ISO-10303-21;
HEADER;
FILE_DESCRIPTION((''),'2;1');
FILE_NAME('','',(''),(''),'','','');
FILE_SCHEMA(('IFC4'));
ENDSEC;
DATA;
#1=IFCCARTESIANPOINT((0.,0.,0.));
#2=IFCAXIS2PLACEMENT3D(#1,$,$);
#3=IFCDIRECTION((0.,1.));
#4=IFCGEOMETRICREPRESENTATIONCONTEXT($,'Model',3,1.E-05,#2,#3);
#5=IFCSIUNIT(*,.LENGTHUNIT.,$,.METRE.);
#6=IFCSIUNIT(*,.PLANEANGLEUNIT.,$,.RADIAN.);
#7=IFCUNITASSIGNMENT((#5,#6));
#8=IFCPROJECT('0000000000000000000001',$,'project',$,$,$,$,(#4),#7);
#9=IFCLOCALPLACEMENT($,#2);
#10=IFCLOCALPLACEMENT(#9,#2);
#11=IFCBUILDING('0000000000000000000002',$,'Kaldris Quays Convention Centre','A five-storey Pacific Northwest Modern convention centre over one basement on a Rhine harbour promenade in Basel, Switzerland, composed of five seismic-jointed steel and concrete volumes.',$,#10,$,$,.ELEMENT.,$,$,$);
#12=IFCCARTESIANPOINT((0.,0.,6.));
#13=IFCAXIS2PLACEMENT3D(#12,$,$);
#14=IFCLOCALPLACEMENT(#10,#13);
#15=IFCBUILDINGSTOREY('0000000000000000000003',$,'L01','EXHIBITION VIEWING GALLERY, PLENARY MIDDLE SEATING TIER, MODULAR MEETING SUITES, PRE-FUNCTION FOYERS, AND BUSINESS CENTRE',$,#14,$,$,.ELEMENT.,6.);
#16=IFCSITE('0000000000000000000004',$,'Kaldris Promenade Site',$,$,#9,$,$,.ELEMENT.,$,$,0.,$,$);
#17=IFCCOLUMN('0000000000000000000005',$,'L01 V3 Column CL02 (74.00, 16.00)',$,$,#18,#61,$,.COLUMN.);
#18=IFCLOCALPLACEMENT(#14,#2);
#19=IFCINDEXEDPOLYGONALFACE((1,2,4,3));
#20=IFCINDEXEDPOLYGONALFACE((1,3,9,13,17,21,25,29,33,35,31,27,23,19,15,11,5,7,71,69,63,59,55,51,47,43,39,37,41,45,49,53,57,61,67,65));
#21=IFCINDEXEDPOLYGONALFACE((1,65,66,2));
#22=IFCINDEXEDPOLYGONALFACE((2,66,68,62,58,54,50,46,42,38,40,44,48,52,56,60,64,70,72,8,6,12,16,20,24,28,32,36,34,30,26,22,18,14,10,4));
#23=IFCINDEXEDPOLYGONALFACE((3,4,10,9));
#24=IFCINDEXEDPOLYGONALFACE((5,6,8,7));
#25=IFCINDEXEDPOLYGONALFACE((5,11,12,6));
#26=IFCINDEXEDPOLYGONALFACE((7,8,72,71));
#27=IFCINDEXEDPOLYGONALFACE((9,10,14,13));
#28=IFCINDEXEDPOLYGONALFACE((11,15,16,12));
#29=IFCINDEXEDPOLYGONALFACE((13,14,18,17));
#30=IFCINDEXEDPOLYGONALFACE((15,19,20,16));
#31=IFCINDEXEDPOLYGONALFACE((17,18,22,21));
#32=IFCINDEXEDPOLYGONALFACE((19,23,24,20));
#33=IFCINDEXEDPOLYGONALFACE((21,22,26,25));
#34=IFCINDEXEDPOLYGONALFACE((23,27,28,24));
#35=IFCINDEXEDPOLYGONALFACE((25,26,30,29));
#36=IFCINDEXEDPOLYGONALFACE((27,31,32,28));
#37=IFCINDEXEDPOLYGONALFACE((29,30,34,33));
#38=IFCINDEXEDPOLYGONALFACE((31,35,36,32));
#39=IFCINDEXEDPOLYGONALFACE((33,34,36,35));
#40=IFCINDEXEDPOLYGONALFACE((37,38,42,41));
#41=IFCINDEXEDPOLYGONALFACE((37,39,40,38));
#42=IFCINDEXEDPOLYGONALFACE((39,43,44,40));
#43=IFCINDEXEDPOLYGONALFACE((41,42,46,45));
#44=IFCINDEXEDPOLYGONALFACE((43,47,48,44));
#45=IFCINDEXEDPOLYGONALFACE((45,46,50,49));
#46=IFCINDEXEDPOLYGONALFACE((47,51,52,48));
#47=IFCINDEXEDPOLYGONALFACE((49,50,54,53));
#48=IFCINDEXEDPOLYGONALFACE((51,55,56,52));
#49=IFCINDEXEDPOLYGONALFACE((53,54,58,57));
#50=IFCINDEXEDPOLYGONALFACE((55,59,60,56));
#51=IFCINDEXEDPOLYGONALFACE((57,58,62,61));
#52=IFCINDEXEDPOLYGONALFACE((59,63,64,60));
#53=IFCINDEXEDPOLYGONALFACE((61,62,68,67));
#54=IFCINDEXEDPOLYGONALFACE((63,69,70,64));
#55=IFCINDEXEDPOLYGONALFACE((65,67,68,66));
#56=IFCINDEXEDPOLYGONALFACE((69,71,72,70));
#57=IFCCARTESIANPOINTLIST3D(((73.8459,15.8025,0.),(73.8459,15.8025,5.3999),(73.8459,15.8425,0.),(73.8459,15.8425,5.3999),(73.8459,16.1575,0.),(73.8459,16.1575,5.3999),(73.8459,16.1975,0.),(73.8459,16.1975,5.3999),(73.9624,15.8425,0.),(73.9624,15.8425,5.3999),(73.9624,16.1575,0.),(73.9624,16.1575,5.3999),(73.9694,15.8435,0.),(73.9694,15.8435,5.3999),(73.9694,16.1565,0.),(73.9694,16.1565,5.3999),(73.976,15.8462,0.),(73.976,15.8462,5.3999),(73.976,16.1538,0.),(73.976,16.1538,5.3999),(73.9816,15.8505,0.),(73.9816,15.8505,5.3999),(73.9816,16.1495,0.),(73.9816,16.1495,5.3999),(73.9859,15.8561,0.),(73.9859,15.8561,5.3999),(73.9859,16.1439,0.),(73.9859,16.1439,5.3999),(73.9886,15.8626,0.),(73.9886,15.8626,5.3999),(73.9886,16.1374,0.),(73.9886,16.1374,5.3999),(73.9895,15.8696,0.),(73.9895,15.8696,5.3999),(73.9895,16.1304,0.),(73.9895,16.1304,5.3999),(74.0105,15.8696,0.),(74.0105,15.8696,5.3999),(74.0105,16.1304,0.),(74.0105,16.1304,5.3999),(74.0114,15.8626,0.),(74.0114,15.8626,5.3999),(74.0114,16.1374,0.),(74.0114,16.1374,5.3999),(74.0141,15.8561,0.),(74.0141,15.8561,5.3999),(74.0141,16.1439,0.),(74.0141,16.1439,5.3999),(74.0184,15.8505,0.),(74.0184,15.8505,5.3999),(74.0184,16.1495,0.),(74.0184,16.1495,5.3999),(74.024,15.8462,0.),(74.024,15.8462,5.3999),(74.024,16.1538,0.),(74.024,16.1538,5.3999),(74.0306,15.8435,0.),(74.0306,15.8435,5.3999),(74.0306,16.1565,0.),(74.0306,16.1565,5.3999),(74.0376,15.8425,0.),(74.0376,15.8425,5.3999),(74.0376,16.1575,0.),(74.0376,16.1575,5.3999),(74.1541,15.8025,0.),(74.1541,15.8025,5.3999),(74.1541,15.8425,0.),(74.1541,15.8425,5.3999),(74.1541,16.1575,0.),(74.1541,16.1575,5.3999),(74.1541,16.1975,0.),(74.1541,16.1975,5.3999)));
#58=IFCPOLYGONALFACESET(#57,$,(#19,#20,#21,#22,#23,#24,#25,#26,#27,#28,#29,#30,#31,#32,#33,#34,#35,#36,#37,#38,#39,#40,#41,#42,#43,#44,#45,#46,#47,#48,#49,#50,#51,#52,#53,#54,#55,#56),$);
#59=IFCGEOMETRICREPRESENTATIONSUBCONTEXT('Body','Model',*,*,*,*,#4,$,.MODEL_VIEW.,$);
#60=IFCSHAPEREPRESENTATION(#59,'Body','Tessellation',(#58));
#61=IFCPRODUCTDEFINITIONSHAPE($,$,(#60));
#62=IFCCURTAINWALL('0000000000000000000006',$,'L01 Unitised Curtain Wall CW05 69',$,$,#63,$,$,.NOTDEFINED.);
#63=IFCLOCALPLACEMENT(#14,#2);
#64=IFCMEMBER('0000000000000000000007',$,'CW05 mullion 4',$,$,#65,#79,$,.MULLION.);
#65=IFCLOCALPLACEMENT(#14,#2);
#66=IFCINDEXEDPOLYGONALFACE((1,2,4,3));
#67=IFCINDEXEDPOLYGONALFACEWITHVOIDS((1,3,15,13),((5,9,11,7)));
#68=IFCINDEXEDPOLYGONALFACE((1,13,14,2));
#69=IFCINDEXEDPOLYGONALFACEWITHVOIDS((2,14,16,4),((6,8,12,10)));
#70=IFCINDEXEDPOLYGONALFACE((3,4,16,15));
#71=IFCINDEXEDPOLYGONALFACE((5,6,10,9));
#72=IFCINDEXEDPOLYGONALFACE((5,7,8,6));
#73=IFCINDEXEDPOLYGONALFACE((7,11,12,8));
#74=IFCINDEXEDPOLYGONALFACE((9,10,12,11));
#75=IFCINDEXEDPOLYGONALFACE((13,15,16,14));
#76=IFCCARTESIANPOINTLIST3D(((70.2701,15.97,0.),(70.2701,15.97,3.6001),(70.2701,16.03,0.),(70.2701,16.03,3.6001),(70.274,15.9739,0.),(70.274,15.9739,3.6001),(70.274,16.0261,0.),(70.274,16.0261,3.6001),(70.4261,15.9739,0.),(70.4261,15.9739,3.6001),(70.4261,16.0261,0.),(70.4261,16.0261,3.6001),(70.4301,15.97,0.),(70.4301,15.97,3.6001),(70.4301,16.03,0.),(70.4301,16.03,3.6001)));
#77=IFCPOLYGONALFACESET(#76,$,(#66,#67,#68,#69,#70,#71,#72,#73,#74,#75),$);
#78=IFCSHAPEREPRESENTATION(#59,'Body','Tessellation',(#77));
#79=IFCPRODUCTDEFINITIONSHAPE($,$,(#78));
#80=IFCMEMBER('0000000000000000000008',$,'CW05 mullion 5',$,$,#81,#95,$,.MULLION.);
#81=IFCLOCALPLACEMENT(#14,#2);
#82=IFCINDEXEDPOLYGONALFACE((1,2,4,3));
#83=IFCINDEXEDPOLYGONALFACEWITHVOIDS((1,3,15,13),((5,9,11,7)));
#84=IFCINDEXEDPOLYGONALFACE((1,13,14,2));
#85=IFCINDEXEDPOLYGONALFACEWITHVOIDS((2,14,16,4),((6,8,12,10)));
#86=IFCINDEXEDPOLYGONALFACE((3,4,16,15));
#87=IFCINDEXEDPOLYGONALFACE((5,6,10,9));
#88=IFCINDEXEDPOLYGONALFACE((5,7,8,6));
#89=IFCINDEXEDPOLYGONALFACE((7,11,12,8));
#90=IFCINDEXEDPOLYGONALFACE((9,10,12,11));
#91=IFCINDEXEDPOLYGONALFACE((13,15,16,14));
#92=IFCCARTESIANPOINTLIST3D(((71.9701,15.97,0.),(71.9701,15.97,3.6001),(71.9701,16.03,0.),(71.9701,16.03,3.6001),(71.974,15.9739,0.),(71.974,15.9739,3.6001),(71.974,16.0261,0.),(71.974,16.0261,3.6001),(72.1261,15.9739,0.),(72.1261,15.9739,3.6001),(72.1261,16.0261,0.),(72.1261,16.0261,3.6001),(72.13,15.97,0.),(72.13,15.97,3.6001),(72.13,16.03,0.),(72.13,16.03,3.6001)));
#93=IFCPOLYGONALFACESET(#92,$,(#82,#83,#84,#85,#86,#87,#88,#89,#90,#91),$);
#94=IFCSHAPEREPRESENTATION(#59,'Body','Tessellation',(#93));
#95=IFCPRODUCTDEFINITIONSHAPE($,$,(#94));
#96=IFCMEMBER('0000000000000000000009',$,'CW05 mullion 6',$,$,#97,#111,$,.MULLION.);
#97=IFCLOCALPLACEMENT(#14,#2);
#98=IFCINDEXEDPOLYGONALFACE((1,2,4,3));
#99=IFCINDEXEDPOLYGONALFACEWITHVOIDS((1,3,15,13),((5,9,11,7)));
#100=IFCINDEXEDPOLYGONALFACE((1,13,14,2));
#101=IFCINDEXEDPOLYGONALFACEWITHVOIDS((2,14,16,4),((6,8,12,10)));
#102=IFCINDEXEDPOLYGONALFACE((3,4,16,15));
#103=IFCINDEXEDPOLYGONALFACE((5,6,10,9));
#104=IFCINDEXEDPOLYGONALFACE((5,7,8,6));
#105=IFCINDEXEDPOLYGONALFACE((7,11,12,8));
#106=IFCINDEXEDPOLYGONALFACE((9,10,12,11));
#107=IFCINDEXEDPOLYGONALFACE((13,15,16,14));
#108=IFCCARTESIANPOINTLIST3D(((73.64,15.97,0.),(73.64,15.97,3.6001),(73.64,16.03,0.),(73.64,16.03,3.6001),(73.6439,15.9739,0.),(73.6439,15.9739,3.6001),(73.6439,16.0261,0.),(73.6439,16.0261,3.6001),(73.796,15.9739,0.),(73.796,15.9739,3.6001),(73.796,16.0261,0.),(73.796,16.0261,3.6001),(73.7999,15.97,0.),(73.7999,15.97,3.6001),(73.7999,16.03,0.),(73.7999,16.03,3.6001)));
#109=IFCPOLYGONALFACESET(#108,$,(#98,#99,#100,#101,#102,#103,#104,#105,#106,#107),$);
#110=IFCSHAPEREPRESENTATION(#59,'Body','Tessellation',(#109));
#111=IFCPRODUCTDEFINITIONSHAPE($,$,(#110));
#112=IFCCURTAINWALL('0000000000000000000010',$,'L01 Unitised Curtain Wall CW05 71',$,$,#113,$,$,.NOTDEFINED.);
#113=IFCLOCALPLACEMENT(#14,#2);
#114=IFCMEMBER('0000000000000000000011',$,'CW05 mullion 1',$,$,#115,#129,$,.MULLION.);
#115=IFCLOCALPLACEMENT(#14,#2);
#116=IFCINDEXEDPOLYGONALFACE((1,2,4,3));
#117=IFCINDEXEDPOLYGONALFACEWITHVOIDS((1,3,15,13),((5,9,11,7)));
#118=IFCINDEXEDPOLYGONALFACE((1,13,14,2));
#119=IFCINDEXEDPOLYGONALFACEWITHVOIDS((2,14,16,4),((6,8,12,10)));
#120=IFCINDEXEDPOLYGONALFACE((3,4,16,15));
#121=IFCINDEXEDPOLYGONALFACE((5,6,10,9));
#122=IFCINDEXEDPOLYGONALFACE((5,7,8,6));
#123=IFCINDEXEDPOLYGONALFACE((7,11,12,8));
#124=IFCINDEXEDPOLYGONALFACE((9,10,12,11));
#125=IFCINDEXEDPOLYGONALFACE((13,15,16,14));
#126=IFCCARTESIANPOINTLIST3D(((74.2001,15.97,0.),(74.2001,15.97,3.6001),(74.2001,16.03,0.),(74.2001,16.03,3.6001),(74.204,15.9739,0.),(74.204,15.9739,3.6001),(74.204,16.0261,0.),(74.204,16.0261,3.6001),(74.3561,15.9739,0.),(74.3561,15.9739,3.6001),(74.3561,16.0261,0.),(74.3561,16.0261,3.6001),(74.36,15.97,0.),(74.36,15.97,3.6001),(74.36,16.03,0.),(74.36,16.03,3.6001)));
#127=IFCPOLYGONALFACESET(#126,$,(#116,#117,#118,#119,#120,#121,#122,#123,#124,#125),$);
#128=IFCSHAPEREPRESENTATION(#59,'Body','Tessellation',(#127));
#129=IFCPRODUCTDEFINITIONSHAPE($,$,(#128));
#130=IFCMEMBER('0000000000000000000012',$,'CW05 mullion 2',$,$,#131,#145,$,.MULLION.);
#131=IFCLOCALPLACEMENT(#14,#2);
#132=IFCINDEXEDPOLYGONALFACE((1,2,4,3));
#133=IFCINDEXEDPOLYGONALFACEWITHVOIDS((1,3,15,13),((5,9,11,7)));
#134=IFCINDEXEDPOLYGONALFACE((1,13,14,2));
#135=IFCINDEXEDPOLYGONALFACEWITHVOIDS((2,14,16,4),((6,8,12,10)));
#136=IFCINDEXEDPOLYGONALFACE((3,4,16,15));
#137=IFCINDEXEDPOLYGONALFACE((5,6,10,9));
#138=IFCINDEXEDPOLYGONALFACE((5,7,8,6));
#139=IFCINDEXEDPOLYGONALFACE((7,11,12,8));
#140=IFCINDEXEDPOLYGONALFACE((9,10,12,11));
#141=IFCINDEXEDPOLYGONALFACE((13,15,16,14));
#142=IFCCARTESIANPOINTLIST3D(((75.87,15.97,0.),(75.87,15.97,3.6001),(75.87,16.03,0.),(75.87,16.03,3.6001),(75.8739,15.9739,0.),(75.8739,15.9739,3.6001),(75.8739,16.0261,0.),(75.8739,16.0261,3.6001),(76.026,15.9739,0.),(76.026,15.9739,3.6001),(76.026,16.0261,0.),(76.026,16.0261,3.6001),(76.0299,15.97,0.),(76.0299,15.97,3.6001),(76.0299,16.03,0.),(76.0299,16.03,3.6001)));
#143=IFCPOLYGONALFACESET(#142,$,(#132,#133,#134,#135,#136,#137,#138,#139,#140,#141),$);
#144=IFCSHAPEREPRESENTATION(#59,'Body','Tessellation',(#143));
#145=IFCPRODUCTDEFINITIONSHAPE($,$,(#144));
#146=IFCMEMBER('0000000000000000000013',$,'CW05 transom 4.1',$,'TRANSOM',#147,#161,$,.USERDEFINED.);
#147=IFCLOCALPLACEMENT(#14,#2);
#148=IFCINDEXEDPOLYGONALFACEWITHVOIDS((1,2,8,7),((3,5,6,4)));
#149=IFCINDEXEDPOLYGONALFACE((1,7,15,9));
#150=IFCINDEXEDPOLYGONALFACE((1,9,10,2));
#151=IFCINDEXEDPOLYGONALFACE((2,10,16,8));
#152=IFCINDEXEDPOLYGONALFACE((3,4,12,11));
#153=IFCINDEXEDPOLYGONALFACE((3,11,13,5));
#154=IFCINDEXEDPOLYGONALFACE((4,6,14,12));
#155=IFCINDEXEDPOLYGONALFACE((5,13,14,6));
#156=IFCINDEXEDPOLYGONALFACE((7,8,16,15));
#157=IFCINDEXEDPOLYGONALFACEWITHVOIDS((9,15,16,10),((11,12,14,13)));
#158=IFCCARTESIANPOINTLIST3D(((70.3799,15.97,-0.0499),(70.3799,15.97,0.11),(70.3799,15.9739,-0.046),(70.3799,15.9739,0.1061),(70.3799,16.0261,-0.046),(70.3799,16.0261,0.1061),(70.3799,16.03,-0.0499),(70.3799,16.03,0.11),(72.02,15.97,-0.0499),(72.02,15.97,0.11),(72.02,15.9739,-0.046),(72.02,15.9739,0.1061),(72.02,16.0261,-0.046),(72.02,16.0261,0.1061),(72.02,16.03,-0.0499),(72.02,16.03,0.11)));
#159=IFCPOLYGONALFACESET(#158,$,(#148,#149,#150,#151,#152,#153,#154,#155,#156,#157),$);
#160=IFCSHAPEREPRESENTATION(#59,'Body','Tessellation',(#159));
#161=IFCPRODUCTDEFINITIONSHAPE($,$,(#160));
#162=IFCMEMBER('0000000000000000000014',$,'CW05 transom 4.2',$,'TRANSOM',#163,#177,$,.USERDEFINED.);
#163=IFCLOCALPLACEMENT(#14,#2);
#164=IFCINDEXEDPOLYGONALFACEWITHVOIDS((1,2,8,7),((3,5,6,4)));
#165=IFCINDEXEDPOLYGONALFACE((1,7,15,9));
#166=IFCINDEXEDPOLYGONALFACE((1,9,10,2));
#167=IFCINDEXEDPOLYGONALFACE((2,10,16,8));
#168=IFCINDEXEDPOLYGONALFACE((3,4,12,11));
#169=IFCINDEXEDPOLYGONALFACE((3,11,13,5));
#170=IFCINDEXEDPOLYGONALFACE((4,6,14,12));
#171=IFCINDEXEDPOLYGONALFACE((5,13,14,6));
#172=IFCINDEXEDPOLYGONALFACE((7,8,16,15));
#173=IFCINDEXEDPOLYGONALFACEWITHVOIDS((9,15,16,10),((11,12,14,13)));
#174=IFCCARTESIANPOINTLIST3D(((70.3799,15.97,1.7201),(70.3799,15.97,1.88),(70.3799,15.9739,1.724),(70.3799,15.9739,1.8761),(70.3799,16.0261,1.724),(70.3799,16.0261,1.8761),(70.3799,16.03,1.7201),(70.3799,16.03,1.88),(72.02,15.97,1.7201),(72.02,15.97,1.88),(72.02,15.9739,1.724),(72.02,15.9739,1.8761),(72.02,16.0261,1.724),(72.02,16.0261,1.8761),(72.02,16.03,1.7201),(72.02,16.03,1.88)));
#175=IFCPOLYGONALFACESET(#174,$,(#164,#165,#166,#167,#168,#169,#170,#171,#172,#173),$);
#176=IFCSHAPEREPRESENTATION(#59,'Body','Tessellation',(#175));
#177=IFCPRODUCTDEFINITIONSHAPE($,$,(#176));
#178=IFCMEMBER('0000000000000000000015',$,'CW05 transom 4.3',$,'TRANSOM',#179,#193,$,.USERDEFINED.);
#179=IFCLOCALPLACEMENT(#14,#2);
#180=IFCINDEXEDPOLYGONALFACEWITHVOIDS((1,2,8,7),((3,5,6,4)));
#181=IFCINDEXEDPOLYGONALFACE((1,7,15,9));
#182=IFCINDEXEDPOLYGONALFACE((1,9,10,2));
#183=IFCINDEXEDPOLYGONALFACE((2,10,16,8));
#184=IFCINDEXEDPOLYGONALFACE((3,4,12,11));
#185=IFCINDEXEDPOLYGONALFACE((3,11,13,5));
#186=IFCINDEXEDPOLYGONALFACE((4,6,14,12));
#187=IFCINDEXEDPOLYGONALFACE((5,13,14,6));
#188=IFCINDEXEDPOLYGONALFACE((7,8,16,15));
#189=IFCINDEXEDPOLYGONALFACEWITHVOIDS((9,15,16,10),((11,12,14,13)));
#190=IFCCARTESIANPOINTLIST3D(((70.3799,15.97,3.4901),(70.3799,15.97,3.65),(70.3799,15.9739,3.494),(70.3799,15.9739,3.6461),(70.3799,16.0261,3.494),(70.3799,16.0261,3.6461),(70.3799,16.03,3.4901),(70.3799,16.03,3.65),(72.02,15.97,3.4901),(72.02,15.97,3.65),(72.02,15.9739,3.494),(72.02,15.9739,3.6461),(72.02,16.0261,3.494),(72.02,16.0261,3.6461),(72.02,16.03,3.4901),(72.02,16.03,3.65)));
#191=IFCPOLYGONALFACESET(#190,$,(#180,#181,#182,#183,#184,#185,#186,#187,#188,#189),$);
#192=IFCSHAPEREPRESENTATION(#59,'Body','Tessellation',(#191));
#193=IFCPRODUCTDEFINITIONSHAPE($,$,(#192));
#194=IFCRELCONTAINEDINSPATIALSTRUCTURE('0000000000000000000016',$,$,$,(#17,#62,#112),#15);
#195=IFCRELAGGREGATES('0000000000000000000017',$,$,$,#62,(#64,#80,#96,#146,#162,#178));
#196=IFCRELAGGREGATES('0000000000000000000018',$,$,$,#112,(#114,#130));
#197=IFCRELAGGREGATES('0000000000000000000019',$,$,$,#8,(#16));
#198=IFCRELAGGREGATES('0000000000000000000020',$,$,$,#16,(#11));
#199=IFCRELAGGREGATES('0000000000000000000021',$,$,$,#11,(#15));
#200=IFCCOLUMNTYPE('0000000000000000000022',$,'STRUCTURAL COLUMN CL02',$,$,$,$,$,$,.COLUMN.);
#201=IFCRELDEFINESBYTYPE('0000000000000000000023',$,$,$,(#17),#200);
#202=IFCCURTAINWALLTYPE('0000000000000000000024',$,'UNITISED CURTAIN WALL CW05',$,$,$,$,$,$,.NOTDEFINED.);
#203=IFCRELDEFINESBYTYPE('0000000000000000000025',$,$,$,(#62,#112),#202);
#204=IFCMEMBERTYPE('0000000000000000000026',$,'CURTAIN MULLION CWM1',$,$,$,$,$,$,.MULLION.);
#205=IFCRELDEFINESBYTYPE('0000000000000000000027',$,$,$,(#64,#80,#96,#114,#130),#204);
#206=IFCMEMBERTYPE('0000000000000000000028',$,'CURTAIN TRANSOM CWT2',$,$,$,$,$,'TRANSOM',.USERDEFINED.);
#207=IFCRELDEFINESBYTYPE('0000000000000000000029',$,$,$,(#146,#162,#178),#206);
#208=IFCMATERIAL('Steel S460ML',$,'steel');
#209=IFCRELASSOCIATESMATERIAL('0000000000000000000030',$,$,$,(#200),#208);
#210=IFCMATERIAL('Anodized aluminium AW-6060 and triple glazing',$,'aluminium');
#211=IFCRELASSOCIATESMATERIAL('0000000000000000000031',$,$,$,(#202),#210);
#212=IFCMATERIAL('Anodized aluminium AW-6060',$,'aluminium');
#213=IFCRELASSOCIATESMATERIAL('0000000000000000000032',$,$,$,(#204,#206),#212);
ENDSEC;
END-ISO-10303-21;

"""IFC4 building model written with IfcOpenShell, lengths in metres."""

from ifc_helpers import new_model, si_unit, direction, frame, origin, origin_2d, place, context, subcontext, project, spatial, hollow_rectangle, i_section, extrude, material, material_profile, profile_set, type_object, element, aggregate, save


model = new_model("IFC4")

# Units and contexts
model_context = context("Model", 3, precision=1e-05, world=origin(), true_north=direction((0.0, 1.0)))
body_context = subcontext(model_context, "Body", "Model", "MODEL_VIEW")
ifc_project = project(units=[si_unit("LENGTHUNIT", "METRE"), si_unit("PLANEANGLEUNIT", "RADIAN")], contexts=[model_context])

# Site, building, storey
site_placement = place(None, origin())
site = spatial("IfcSite", under=ifc_project, at=site_placement, Name="Kaldris Promenade Site", CompositionType="ELEMENT", RefElevation=0.0)
building_placement = place(site_placement, origin())
building = spatial("IfcBuilding", under=site, at=building_placement, Name="Kaldris Quays Convention Centre", Description="A five-storey Pacific Northwest Modern convention centre over one basement on a Rhine harbour promenade in Basel, Switzerland, composed of five seismic-jointed steel and concrete volumes.", CompositionType="ELEMENT")
storey_placement = place(building_placement, frame((0.0, 0.0, 6.0)))
storey = spatial("IfcBuildingStorey", under=building, at=storey_placement, Name="L01", Description="EXHIBITION VIEWING GALLERY, PLENARY MIDDLE SEATING TIER, MODULAR MEETING SUITES, PRE-FUNCTION FOYERS, AND BUSINESS CENTRE", CompositionType="ELEMENT", Elevation=6.0)

# Column
ifc_material_1 = material(Name="Steel S460ML", Category="steel")
ifc_material_profile_1 = material_profile(ifc_material_1, i_section(OverallWidth=0.3081, OverallDepth=0.395, WebThickness=0.021, FlangeThickness=0.04, FilletRadius=0.0271, at=origin_2d()), Name="HEM 360")
ifc_profile_set_1 = profile_set([ifc_material_profile_1], Name="Steel S460ML")
column_type = type_object("IfcColumnType", Name="STRUCTURAL COLUMN CL02", PredefinedType="COLUMN", material=ifc_profile_set_1)
column_placement = place(storey_placement, frame((74.0, 16.0, 0.0), z_axis=(0.0, 0.0, 1.0), x_axis=(1.0, 0.0, 0.0)))
element("IfcColumn", 1, at=column_placement, inside=storey, type_object=column_type, Name="L01 V3 Column CL02 (74.00, 16.00)", PredefinedType="COLUMN", context=body_context, shape_type="SweptSolid", body=[
    extrude(i_section(OverallWidth=0.3081, OverallDepth=0.395, WebThickness=0.021, FlangeThickness=0.04, FilletRadius=0.0271, at=origin_2d()), origin(), (0.0, 0.0, 1.0), 5.3999),
])

# Curtain walls, members
ifc_material_2 = material(Name="Anodized aluminium AW-6060 and triple glazing", Category="aluminium")
curtain_wall_type = type_object("IfcCurtainWallType", Name="UNITISED CURTAIN WALL CW05", PredefinedType="NOTDEFINED", material=ifc_material_2)
curtain_wall_1_placement = place(storey_placement, origin())
curtain_wall_1 = element("IfcCurtainWall", 2, at=curtain_wall_1_placement, inside=storey, type_object=curtain_wall_type, Name="L01 Unitised Curtain Wall CW05 69", PredefinedType="NOTDEFINED")
ifc_material_3 = material(Name="Anodized aluminium AW-6060", Category="aluminium")
ifc_material_profile_2 = material_profile(ifc_material_3, hollow_rectangle(XDim=0.0601, YDim=0.1599, WallThickness=0.0039, at=origin_2d()), Name="RHS 160x60x4")
ifc_profile_set_2 = profile_set([ifc_material_profile_2], Name="Anodized aluminium AW-6060")
member_type_1 = type_object("IfcMemberType", Name="CURTAIN MULLION CWM1", PredefinedType="MULLION", material=ifc_profile_set_2)
member_1_placement = place(storey_placement, frame((70.3501, 16.0, 0.0), z_axis=(0.0, 0.0, 1.0), x_axis=(0.0, 1.0, 0.0)))
member_1 = element("IfcMember", 3, at=member_1_placement, type_object=member_type_1, Name="CW05 mullion 4", PredefinedType="MULLION", context=body_context, shape_type="SweptSolid", body=[
    extrude(hollow_rectangle(XDim=0.0601, YDim=0.1599, WallThickness=0.0039, at=origin_2d()), origin(), (0.0, 0.0, 1.0), 3.6001),
])
member_2_placement = place(storey_placement, frame((72.05, 16.0, 0.0), z_axis=(0.0, 0.0, 1.0), x_axis=(0.0, 1.0, 0.0)))
member_2 = element("IfcMember", 4, at=member_2_placement, type_object=member_type_1, Name="CW05 mullion 5", PredefinedType="MULLION", context=body_context, shape_type="SweptSolid", body=[
    extrude(hollow_rectangle(XDim=0.0601, YDim=0.1599, WallThickness=0.0039, at=origin_2d()), origin(), (0.0, 0.0, 1.0), 3.6001),
])
member_3_placement = place(storey_placement, frame((73.72, 16.0, 0.0), z_axis=(0.0, 0.0, 1.0), x_axis=(0.0, 1.0, 0.0)))
member_3 = element("IfcMember", 5, at=member_3_placement, type_object=member_type_1, Name="CW05 mullion 6", PredefinedType="MULLION", context=body_context, shape_type="SweptSolid", body=[
    extrude(hollow_rectangle(XDim=0.0601, YDim=0.1599, WallThickness=0.0039, at=origin_2d()), origin(), (0.0, 0.0, 1.0), 3.6001),
])
curtain_wall_2_placement = place(storey_placement, origin())
curtain_wall_2 = element("IfcCurtainWall", 6, at=curtain_wall_2_placement, inside=storey, type_object=curtain_wall_type, Name="L01 Unitised Curtain Wall CW05 71", PredefinedType="NOTDEFINED")
member_4_placement = place(storey_placement, frame((74.28, 16.0, 0.0), z_axis=(0.0, 0.0, 1.0), x_axis=(0.0, 1.0, 0.0)))
member_4 = element("IfcMember", 7, at=member_4_placement, type_object=member_type_1, Name="CW05 mullion 1", PredefinedType="MULLION", context=body_context, shape_type="SweptSolid", body=[
    extrude(hollow_rectangle(XDim=0.0601, YDim=0.1599, WallThickness=0.0039, at=origin_2d()), origin(), (0.0, 0.0, 1.0), 3.6001),
])
member_5_placement = place(storey_placement, frame((75.95, 16.0, 0.0), z_axis=(0.0, 0.0, 1.0), x_axis=(0.0, 1.0, 0.0)))
member_5 = element("IfcMember", 8, at=member_5_placement, type_object=member_type_1, Name="CW05 mullion 2", PredefinedType="MULLION", context=body_context, shape_type="SweptSolid", body=[
    extrude(hollow_rectangle(XDim=0.0601, YDim=0.1599, WallThickness=0.0039, at=origin_2d()), origin(), (0.0, 0.0, 1.0), 3.6001),
])

# Members
ifc_material_profile_3 = material_profile(ifc_material_3, hollow_rectangle(XDim=0.0601, YDim=0.1599, WallThickness=0.0039, at=origin_2d()), Name="RHS 160x60x4")
ifc_profile_set_3 = profile_set([ifc_material_profile_3], Name="Anodized aluminium AW-6060")
member_type_2 = type_object("IfcMemberType", Name="CURTAIN TRANSOM CWT2", ElementType="TRANSOM", PredefinedType="USERDEFINED", material=ifc_profile_set_3)
member_6_placement = place(storey_placement, frame((70.3799, 16.0, 0.03), z_axis=(1.0, 0.0, 0.0), x_axis=(0.0, 1.0, 0.0)))
member_6 = element("IfcMember", 9, at=member_6_placement, type_object=member_type_2, Name="CW05 transom 4.1", ObjectType="TRANSOM", PredefinedType="USERDEFINED", context=body_context, shape_type="SweptSolid", body=[
    extrude(hollow_rectangle(XDim=0.0601, YDim=0.1599, WallThickness=0.0039, at=origin_2d()), origin(), (0.0, 0.0, 1.0), 1.6401),
])
member_7_placement = place(storey_placement, frame((70.3799, 16.0, 1.8), z_axis=(1.0, 0.0, 0.0), x_axis=(0.0, 1.0, 0.0)))
member_7 = element("IfcMember", 10, at=member_7_placement, type_object=member_type_2, Name="CW05 transom 4.2", ObjectType="TRANSOM", PredefinedType="USERDEFINED", context=body_context, shape_type="SweptSolid", body=[
    extrude(hollow_rectangle(XDim=0.0601, YDim=0.1599, WallThickness=0.0039, at=origin_2d()), origin(), (0.0, 0.0, 1.0), 1.6401),
])
member_8_placement = place(storey_placement, frame((70.3799, 16.0, 3.5701), z_axis=(1.0, 0.0, 0.0), x_axis=(0.0, 1.0, 0.0)))
member_8 = element("IfcMember", 11, at=member_8_placement, type_object=member_type_2, Name="CW05 transom 4.3", ObjectType="TRANSOM", PredefinedType="USERDEFINED", context=body_context, shape_type="SweptSolid", body=[
    extrude(hollow_rectangle(XDim=0.0601, YDim=0.1599, WallThickness=0.0039, at=origin_2d()), origin(), (0.0, 0.0, 1.0), 1.6401),
])

aggregate(curtain_wall_1, [member_1, member_2, member_3, member_6, member_7, member_8])
aggregate(curtain_wall_2, [member_4, member_5])

save(model, "model.ifc")
